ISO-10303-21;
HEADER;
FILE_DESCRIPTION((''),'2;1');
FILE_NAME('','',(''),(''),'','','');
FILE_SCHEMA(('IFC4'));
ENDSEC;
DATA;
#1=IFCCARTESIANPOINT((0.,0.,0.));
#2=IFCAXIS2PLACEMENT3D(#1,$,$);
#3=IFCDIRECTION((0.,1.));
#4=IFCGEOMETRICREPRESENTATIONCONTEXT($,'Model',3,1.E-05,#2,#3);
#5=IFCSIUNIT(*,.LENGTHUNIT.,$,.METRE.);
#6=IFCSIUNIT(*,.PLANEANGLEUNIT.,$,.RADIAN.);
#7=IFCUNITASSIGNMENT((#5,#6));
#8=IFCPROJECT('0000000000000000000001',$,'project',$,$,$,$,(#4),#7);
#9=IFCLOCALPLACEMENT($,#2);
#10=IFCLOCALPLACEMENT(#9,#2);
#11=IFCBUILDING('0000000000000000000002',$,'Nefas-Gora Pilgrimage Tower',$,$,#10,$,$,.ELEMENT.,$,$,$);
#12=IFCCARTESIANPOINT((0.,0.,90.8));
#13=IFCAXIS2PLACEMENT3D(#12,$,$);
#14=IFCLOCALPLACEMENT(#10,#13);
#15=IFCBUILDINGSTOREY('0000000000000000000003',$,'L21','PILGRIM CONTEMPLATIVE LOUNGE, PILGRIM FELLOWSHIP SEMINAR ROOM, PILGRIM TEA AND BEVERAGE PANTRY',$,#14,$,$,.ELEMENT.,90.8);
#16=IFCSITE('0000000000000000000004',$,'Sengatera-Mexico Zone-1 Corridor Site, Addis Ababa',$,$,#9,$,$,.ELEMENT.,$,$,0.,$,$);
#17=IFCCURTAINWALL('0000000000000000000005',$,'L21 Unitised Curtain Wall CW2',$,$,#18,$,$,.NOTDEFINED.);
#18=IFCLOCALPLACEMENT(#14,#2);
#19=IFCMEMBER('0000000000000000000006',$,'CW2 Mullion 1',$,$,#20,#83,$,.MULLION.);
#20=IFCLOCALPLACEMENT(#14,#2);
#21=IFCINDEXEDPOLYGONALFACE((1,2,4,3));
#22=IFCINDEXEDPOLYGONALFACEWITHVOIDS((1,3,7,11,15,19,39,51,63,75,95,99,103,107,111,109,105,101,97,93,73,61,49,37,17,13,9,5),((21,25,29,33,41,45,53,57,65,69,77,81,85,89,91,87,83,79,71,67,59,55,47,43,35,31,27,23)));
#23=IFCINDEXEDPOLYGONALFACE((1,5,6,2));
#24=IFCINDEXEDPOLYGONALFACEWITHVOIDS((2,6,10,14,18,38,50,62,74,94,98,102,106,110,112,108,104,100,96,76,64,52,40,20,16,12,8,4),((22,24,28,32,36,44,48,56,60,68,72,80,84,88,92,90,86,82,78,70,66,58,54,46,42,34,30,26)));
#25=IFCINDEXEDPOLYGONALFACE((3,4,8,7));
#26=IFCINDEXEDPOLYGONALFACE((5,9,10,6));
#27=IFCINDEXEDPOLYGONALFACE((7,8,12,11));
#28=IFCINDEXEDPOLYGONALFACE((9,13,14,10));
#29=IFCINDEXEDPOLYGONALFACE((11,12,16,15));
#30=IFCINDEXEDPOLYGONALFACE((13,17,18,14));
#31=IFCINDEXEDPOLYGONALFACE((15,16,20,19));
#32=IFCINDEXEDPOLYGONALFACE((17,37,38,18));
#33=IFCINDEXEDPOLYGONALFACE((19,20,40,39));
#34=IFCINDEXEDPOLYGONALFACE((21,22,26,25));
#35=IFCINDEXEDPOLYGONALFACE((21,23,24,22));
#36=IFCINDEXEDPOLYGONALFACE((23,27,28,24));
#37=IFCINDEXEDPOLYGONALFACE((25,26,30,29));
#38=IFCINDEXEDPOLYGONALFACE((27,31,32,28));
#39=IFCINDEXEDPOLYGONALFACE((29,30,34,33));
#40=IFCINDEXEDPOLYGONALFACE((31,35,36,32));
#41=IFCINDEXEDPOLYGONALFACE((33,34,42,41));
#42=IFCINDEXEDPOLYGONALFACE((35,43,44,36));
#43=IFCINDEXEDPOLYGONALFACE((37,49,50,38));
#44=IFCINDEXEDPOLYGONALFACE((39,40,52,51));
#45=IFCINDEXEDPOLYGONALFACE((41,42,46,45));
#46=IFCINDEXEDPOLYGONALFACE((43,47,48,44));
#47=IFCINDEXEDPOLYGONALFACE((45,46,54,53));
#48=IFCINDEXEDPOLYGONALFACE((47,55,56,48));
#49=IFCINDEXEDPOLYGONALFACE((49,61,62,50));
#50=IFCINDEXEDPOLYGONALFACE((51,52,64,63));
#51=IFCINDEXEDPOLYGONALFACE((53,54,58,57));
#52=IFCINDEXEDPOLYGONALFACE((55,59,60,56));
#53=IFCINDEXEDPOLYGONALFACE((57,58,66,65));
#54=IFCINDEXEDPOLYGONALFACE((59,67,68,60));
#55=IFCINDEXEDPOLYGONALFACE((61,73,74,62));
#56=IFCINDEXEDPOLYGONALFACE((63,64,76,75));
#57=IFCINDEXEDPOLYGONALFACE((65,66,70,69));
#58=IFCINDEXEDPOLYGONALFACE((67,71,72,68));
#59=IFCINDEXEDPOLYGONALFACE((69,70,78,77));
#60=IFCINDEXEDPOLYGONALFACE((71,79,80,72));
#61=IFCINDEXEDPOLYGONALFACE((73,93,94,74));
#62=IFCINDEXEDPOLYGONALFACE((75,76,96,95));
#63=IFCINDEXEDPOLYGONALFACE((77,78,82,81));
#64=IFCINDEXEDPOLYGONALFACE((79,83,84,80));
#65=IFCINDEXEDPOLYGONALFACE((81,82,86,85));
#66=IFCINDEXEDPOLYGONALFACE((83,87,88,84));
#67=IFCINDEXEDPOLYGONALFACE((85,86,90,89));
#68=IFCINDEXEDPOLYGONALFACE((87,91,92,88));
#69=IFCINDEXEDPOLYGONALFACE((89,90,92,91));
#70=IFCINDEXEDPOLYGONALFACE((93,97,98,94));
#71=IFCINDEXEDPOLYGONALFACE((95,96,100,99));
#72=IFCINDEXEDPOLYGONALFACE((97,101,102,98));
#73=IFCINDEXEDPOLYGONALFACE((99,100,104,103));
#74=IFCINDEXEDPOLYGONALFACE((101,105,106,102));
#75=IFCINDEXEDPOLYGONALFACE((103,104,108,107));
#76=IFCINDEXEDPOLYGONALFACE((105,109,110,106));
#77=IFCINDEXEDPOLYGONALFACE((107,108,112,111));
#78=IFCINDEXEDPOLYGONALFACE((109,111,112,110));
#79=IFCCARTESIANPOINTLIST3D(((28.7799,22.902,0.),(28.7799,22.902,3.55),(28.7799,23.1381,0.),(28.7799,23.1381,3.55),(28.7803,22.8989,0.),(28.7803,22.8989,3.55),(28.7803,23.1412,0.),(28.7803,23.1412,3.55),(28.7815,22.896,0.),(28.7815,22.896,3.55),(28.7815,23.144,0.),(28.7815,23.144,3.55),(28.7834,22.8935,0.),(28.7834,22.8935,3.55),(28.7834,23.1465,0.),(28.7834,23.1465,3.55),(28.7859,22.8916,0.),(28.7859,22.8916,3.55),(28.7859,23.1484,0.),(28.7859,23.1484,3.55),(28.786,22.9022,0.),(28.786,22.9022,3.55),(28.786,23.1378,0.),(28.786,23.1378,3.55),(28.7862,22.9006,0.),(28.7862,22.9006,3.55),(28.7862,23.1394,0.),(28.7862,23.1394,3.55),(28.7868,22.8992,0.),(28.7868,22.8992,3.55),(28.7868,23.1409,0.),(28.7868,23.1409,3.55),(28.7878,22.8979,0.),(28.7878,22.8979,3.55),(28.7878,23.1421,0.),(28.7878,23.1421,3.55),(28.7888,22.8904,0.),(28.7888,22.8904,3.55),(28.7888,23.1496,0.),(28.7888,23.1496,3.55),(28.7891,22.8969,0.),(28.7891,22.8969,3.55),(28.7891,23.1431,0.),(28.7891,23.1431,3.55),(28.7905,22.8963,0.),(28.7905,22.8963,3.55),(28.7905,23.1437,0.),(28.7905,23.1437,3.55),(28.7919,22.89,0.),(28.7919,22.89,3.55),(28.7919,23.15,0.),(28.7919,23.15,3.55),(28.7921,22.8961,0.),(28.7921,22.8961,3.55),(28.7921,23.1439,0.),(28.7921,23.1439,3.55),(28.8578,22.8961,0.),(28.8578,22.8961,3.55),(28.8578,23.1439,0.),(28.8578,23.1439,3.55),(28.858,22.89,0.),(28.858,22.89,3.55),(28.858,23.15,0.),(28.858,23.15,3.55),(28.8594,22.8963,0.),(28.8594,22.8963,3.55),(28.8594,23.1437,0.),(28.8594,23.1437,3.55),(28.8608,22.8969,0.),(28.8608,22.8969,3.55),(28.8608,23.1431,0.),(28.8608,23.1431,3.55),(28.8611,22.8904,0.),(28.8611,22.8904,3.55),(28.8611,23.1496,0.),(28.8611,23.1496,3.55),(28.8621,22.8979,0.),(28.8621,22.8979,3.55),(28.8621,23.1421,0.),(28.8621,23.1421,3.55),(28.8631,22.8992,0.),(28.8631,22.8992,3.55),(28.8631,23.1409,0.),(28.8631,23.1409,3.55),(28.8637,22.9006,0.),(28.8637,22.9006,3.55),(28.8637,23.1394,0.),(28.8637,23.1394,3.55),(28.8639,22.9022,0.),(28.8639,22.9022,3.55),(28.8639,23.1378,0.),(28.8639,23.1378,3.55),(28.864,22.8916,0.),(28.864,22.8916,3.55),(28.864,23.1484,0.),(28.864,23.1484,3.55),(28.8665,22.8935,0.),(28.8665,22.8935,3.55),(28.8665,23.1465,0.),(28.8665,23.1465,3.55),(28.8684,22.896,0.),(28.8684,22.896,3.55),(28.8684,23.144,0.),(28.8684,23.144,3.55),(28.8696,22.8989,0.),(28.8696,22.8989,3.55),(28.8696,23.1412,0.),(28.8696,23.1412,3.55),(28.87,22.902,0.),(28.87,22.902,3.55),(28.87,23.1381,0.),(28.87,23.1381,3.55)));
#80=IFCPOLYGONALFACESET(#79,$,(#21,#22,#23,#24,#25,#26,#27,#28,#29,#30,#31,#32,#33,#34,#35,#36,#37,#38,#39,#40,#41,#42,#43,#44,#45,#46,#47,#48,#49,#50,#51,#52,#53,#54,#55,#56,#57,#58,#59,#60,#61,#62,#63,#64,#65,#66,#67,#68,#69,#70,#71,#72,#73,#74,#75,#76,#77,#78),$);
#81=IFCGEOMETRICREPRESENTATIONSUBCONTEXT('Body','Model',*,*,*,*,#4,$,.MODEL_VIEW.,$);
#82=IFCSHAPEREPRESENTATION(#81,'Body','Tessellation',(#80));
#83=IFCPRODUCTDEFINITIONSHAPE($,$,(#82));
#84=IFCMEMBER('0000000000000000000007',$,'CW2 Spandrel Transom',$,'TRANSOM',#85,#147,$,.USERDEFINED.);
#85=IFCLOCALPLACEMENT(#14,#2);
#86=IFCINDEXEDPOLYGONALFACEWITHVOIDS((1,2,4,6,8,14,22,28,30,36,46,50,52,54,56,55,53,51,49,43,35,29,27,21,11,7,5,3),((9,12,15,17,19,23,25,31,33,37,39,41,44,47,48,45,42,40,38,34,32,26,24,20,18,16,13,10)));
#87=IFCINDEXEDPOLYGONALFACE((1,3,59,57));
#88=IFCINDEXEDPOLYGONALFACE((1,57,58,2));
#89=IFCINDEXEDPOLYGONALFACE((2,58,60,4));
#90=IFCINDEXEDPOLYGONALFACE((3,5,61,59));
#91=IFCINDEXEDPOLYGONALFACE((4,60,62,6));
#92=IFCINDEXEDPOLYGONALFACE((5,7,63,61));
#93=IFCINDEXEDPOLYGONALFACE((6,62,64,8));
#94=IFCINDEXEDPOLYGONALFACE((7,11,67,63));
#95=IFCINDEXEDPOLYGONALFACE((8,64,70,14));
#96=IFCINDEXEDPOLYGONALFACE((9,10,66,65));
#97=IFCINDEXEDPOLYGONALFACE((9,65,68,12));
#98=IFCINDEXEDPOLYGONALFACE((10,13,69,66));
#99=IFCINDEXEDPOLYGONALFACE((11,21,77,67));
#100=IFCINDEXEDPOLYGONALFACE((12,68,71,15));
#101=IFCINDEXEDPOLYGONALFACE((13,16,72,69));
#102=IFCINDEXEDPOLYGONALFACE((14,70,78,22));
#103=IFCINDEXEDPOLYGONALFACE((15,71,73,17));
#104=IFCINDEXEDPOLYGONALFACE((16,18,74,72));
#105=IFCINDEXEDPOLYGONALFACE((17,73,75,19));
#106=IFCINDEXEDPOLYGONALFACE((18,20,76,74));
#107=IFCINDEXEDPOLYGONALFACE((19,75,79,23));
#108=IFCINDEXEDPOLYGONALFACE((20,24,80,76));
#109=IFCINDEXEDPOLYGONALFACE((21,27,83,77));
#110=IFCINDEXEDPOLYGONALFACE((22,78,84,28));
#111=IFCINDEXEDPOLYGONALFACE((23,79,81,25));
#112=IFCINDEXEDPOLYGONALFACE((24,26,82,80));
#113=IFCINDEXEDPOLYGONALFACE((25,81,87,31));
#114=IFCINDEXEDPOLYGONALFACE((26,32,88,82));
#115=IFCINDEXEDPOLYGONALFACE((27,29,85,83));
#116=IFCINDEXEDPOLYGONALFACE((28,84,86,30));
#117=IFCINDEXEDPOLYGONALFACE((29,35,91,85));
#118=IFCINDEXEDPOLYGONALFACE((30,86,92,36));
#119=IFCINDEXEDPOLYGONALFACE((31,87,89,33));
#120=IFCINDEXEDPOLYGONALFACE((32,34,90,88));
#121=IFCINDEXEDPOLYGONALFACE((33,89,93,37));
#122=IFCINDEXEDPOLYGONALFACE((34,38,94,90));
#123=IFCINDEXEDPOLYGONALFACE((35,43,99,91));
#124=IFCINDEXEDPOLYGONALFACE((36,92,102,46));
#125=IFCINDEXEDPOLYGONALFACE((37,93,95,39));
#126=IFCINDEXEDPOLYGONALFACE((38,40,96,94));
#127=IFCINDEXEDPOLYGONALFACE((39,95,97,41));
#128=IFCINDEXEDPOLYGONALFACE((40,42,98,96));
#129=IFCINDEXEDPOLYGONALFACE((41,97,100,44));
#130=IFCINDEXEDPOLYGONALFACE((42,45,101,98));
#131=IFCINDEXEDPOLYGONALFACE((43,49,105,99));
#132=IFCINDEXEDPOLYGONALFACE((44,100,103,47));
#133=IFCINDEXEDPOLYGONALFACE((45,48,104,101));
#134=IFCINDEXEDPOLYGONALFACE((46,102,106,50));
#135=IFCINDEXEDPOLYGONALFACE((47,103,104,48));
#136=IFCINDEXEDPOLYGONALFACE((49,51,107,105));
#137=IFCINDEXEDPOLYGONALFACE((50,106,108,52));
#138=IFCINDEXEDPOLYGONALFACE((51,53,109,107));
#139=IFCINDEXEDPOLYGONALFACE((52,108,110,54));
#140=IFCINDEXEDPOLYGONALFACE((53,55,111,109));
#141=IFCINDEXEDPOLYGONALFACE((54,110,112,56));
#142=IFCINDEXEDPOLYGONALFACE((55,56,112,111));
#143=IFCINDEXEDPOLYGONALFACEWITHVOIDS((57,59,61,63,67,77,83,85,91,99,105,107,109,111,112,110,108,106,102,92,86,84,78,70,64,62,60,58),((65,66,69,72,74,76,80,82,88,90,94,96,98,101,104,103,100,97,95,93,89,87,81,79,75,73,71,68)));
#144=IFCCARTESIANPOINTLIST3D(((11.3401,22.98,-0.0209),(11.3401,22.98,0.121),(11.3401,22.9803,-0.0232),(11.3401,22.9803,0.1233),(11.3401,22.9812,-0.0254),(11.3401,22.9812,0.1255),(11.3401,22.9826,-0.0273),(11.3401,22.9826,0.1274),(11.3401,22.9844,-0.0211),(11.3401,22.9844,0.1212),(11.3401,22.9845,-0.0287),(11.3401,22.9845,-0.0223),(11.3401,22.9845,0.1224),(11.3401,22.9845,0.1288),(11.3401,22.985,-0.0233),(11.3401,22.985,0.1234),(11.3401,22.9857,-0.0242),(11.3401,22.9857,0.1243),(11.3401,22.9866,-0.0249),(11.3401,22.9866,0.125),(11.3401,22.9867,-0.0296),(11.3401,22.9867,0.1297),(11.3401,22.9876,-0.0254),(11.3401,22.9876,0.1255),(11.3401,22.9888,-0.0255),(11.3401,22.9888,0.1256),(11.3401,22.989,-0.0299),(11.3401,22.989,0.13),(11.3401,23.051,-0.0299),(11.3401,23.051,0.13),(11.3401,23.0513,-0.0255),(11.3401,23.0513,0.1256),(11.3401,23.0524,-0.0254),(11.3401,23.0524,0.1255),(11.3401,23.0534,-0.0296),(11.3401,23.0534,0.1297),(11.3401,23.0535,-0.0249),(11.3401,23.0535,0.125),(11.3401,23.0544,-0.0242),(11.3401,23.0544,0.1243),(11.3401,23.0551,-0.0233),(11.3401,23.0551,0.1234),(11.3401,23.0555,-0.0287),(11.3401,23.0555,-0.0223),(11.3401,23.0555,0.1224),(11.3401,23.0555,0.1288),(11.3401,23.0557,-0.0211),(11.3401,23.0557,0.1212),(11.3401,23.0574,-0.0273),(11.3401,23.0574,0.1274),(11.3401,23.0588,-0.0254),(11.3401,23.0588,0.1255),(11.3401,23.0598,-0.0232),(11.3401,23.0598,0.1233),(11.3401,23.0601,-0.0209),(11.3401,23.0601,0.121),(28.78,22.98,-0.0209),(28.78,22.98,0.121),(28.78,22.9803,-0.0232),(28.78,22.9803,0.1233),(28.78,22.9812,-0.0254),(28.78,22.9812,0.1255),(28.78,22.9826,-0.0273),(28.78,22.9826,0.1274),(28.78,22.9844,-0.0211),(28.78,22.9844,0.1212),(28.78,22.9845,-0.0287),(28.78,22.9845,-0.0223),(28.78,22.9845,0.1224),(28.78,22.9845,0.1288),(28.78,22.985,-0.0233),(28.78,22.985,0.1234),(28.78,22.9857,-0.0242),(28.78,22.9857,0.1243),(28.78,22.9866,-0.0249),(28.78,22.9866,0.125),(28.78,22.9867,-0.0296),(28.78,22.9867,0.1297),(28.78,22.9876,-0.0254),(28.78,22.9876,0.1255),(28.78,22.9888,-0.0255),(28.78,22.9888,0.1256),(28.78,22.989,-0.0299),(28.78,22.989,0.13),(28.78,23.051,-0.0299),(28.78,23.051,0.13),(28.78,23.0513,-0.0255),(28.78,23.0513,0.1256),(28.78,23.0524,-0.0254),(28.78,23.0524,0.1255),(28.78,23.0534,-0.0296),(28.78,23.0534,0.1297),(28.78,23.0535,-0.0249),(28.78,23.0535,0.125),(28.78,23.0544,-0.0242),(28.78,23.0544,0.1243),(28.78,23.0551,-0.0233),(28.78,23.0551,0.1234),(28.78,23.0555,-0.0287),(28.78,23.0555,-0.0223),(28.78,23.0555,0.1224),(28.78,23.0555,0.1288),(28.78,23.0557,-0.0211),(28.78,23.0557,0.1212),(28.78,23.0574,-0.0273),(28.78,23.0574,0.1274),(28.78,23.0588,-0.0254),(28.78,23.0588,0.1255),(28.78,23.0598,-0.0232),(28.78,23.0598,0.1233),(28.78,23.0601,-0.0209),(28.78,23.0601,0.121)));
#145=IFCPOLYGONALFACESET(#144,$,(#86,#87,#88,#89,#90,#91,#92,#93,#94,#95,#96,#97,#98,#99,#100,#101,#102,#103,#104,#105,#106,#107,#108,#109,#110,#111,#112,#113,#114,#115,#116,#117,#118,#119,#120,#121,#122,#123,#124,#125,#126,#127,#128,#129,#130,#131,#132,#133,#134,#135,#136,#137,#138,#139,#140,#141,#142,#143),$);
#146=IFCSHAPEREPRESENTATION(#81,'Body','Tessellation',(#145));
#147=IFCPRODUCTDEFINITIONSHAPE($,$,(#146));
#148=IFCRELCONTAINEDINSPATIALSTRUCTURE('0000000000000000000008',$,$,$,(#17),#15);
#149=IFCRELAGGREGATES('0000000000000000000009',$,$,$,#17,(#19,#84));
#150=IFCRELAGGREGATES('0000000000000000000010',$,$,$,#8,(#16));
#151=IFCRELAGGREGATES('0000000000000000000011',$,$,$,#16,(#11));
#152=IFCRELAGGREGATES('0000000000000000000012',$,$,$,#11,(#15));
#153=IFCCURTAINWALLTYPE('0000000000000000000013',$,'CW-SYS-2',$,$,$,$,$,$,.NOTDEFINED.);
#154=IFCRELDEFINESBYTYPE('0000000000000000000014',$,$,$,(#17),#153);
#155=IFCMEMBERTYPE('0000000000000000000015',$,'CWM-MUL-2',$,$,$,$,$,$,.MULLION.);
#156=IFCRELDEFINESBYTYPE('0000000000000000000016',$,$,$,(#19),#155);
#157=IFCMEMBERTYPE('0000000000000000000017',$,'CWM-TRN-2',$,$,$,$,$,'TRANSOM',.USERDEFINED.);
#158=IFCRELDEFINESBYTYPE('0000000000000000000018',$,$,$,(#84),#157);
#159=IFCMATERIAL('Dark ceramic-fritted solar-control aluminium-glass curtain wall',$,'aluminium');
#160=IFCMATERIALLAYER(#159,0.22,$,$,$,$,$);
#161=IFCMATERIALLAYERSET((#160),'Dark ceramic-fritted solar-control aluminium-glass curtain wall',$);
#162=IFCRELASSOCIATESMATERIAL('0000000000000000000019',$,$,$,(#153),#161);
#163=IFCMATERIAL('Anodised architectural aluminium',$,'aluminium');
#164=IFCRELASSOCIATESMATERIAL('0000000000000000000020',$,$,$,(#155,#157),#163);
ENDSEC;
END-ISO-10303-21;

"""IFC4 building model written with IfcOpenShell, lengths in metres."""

from ifc_helpers import new_model, si_unit, direction, frame, origin, origin_2d, place, context, subcontext, project, spatial, hollow_rectangle, extrude, source, transform, mapped, material, layer, layer_set, material_profile, profile_set, type_object, element, aggregate, save


model = new_model("IFC4")

# Units and contexts
model_context = context("Model", 3, precision=1e-05, world=origin(), true_north=direction((0.0, 1.0)))
body_context = subcontext(model_context, "Body", "Model", "MODEL_VIEW")
ifc_project = project(units=[si_unit("LENGTHUNIT", "METRE"), si_unit("PLANEANGLEUNIT", "RADIAN")], contexts=[model_context])

# Site, building, storey
site_placement = place(None, origin())
site = spatial("IfcSite", under=ifc_project, at=site_placement, Name="Sengatera-Mexico Zone-1 Corridor Site, Addis Ababa", CompositionType="ELEMENT", RefElevation=0.0)
building_placement = place(site_placement, origin())
building = spatial("IfcBuilding", under=site, at=building_placement, Name="Nefas-Gora Pilgrimage Tower", CompositionType="ELEMENT")
storey_placement = place(building_placement, frame((0.0, 0.0, 90.8)))
storey = spatial("IfcBuildingStorey", under=building, at=storey_placement, Name="L21", Description="PILGRIM CONTEMPLATIVE LOUNGE, PILGRIM FELLOWSHIP SEMINAR ROOM, PILGRIM TEA AND BEVERAGE PANTRY", CompositionType="ELEMENT", Elevation=90.8)

# Curtain wall, members
ifc_material_1 = material(Name="Dark ceramic-fritted solar-control aluminium-glass curtain wall", Category="aluminium")
ifc_layer_1 = layer(ifc_material_1, 0.22)
ifc_layer_set_1 = layer_set([ifc_layer_1], Name="Dark ceramic-fritted solar-control aluminium-glass curtain wall")
curtain_wall_type = type_object("IfcCurtainWallType", Name="CW-SYS-2", PredefinedType="NOTDEFINED", material=ifc_layer_set_1)
ifc_material_2 = material(Name="Anodised architectural aluminium", Category="aluminium")
ifc_material_profile_1 = material_profile(ifc_material_2, hollow_rectangle(XDim=0.0901, YDim=0.26, WallThickness=0.0061, InnerFilletRadius=0.0061, OuterFilletRadius=0.012, at=origin_2d()), Name="ALU MULLION 90x260")
ifc_profile_set_1 = profile_set([ifc_material_profile_1], Name="Anodised architectural aluminium")
member_type_1 = type_object("IfcMemberType", Name="CWM-MUL-2", PredefinedType="MULLION", material=ifc_profile_set_1)
shared_shape_1 = source(origin(), body_context, "Body", "SweptSolid", [
    extrude(hollow_rectangle(XDim=0.0901, YDim=0.26, WallThickness=0.0061, InnerFilletRadius=0.0061, OuterFilletRadius=0.012, at=origin_2d()), origin(), (0.0, 0.0, 1.0), 3.55),
])
curtain_wall_1_placement = place(storey_placement, origin())
curtain_wall_1 = element("IfcCurtainWall", 1, at=curtain_wall_1_placement, inside=storey, type_object=curtain_wall_type, Name="L21 Unitised Curtain Wall CW2", PredefinedType="NOTDEFINED")
member_1_placement = place(storey_placement, frame((28.825, 23.02, 0.0), z_axis=(0.0, 0.0, 1.0), x_axis=(-1.0, 0.0, 0.0)))
member_1 = element("IfcMember", 2, at=member_1_placement, type_object=member_type_1, Name="CW2 Mullion 1", PredefinedType="MULLION", context=body_context, shape_type="MappedRepresentation", body=[
    mapped(shared_shape_1, transform((0.0, 0.0, 0.0), x_axis=(1.0, 0.0, 0.0), y_axis=(0.0, 1.0, 0.0), z_axis=(0.0, 0.0, 1.0), scale=1.0)),
])
ifc_material_profile_2 = material_profile(ifc_material_2, hollow_rectangle(XDim=0.0801, YDim=0.1599, WallThickness=0.0044, InnerFilletRadius=0.0044, OuterFilletRadius=0.009, at=origin_2d()), Name="ALU TRANSOM 80x160")
ifc_profile_set_2 = profile_set([ifc_material_profile_2], Name="Anodised architectural aluminium")
member_type_2 = type_object("IfcMemberType", Name="CWM-TRN-2", ElementType="TRANSOM", PredefinedType="USERDEFINED", material=ifc_profile_set_2)
shared_shape_2 = source(origin(), body_context, "Body", "SweptSolid", [
    extrude(hollow_rectangle(XDim=0.0801, YDim=0.1599, WallThickness=0.0044, InnerFilletRadius=0.0044, OuterFilletRadius=0.009, at=origin_2d()), origin(), (0.0, 0.0, 1.0), 17.4399),
])
member_2_placement = place(storey_placement, frame((28.78, 23.02, 0.05), z_axis=(-1.0, 0.0, 0.0), x_axis=(0.0, -1.0, 0.0)))
member_2 = element("IfcMember", 3, at=member_2_placement, type_object=member_type_2, Name="CW2 Spandrel Transom", ObjectType="TRANSOM", PredefinedType="USERDEFINED", context=body_context, shape_type="MappedRepresentation", body=[
    mapped(shared_shape_2, transform((0.0, 0.0, 0.0), x_axis=(1.0, 0.0, 0.0), y_axis=(0.0, 1.0, 0.0), z_axis=(0.0, 0.0, 1.0), scale=1.0)),
])

aggregate(curtain_wall_1, [member_1, member_2])

save(model, "model.ifc")
